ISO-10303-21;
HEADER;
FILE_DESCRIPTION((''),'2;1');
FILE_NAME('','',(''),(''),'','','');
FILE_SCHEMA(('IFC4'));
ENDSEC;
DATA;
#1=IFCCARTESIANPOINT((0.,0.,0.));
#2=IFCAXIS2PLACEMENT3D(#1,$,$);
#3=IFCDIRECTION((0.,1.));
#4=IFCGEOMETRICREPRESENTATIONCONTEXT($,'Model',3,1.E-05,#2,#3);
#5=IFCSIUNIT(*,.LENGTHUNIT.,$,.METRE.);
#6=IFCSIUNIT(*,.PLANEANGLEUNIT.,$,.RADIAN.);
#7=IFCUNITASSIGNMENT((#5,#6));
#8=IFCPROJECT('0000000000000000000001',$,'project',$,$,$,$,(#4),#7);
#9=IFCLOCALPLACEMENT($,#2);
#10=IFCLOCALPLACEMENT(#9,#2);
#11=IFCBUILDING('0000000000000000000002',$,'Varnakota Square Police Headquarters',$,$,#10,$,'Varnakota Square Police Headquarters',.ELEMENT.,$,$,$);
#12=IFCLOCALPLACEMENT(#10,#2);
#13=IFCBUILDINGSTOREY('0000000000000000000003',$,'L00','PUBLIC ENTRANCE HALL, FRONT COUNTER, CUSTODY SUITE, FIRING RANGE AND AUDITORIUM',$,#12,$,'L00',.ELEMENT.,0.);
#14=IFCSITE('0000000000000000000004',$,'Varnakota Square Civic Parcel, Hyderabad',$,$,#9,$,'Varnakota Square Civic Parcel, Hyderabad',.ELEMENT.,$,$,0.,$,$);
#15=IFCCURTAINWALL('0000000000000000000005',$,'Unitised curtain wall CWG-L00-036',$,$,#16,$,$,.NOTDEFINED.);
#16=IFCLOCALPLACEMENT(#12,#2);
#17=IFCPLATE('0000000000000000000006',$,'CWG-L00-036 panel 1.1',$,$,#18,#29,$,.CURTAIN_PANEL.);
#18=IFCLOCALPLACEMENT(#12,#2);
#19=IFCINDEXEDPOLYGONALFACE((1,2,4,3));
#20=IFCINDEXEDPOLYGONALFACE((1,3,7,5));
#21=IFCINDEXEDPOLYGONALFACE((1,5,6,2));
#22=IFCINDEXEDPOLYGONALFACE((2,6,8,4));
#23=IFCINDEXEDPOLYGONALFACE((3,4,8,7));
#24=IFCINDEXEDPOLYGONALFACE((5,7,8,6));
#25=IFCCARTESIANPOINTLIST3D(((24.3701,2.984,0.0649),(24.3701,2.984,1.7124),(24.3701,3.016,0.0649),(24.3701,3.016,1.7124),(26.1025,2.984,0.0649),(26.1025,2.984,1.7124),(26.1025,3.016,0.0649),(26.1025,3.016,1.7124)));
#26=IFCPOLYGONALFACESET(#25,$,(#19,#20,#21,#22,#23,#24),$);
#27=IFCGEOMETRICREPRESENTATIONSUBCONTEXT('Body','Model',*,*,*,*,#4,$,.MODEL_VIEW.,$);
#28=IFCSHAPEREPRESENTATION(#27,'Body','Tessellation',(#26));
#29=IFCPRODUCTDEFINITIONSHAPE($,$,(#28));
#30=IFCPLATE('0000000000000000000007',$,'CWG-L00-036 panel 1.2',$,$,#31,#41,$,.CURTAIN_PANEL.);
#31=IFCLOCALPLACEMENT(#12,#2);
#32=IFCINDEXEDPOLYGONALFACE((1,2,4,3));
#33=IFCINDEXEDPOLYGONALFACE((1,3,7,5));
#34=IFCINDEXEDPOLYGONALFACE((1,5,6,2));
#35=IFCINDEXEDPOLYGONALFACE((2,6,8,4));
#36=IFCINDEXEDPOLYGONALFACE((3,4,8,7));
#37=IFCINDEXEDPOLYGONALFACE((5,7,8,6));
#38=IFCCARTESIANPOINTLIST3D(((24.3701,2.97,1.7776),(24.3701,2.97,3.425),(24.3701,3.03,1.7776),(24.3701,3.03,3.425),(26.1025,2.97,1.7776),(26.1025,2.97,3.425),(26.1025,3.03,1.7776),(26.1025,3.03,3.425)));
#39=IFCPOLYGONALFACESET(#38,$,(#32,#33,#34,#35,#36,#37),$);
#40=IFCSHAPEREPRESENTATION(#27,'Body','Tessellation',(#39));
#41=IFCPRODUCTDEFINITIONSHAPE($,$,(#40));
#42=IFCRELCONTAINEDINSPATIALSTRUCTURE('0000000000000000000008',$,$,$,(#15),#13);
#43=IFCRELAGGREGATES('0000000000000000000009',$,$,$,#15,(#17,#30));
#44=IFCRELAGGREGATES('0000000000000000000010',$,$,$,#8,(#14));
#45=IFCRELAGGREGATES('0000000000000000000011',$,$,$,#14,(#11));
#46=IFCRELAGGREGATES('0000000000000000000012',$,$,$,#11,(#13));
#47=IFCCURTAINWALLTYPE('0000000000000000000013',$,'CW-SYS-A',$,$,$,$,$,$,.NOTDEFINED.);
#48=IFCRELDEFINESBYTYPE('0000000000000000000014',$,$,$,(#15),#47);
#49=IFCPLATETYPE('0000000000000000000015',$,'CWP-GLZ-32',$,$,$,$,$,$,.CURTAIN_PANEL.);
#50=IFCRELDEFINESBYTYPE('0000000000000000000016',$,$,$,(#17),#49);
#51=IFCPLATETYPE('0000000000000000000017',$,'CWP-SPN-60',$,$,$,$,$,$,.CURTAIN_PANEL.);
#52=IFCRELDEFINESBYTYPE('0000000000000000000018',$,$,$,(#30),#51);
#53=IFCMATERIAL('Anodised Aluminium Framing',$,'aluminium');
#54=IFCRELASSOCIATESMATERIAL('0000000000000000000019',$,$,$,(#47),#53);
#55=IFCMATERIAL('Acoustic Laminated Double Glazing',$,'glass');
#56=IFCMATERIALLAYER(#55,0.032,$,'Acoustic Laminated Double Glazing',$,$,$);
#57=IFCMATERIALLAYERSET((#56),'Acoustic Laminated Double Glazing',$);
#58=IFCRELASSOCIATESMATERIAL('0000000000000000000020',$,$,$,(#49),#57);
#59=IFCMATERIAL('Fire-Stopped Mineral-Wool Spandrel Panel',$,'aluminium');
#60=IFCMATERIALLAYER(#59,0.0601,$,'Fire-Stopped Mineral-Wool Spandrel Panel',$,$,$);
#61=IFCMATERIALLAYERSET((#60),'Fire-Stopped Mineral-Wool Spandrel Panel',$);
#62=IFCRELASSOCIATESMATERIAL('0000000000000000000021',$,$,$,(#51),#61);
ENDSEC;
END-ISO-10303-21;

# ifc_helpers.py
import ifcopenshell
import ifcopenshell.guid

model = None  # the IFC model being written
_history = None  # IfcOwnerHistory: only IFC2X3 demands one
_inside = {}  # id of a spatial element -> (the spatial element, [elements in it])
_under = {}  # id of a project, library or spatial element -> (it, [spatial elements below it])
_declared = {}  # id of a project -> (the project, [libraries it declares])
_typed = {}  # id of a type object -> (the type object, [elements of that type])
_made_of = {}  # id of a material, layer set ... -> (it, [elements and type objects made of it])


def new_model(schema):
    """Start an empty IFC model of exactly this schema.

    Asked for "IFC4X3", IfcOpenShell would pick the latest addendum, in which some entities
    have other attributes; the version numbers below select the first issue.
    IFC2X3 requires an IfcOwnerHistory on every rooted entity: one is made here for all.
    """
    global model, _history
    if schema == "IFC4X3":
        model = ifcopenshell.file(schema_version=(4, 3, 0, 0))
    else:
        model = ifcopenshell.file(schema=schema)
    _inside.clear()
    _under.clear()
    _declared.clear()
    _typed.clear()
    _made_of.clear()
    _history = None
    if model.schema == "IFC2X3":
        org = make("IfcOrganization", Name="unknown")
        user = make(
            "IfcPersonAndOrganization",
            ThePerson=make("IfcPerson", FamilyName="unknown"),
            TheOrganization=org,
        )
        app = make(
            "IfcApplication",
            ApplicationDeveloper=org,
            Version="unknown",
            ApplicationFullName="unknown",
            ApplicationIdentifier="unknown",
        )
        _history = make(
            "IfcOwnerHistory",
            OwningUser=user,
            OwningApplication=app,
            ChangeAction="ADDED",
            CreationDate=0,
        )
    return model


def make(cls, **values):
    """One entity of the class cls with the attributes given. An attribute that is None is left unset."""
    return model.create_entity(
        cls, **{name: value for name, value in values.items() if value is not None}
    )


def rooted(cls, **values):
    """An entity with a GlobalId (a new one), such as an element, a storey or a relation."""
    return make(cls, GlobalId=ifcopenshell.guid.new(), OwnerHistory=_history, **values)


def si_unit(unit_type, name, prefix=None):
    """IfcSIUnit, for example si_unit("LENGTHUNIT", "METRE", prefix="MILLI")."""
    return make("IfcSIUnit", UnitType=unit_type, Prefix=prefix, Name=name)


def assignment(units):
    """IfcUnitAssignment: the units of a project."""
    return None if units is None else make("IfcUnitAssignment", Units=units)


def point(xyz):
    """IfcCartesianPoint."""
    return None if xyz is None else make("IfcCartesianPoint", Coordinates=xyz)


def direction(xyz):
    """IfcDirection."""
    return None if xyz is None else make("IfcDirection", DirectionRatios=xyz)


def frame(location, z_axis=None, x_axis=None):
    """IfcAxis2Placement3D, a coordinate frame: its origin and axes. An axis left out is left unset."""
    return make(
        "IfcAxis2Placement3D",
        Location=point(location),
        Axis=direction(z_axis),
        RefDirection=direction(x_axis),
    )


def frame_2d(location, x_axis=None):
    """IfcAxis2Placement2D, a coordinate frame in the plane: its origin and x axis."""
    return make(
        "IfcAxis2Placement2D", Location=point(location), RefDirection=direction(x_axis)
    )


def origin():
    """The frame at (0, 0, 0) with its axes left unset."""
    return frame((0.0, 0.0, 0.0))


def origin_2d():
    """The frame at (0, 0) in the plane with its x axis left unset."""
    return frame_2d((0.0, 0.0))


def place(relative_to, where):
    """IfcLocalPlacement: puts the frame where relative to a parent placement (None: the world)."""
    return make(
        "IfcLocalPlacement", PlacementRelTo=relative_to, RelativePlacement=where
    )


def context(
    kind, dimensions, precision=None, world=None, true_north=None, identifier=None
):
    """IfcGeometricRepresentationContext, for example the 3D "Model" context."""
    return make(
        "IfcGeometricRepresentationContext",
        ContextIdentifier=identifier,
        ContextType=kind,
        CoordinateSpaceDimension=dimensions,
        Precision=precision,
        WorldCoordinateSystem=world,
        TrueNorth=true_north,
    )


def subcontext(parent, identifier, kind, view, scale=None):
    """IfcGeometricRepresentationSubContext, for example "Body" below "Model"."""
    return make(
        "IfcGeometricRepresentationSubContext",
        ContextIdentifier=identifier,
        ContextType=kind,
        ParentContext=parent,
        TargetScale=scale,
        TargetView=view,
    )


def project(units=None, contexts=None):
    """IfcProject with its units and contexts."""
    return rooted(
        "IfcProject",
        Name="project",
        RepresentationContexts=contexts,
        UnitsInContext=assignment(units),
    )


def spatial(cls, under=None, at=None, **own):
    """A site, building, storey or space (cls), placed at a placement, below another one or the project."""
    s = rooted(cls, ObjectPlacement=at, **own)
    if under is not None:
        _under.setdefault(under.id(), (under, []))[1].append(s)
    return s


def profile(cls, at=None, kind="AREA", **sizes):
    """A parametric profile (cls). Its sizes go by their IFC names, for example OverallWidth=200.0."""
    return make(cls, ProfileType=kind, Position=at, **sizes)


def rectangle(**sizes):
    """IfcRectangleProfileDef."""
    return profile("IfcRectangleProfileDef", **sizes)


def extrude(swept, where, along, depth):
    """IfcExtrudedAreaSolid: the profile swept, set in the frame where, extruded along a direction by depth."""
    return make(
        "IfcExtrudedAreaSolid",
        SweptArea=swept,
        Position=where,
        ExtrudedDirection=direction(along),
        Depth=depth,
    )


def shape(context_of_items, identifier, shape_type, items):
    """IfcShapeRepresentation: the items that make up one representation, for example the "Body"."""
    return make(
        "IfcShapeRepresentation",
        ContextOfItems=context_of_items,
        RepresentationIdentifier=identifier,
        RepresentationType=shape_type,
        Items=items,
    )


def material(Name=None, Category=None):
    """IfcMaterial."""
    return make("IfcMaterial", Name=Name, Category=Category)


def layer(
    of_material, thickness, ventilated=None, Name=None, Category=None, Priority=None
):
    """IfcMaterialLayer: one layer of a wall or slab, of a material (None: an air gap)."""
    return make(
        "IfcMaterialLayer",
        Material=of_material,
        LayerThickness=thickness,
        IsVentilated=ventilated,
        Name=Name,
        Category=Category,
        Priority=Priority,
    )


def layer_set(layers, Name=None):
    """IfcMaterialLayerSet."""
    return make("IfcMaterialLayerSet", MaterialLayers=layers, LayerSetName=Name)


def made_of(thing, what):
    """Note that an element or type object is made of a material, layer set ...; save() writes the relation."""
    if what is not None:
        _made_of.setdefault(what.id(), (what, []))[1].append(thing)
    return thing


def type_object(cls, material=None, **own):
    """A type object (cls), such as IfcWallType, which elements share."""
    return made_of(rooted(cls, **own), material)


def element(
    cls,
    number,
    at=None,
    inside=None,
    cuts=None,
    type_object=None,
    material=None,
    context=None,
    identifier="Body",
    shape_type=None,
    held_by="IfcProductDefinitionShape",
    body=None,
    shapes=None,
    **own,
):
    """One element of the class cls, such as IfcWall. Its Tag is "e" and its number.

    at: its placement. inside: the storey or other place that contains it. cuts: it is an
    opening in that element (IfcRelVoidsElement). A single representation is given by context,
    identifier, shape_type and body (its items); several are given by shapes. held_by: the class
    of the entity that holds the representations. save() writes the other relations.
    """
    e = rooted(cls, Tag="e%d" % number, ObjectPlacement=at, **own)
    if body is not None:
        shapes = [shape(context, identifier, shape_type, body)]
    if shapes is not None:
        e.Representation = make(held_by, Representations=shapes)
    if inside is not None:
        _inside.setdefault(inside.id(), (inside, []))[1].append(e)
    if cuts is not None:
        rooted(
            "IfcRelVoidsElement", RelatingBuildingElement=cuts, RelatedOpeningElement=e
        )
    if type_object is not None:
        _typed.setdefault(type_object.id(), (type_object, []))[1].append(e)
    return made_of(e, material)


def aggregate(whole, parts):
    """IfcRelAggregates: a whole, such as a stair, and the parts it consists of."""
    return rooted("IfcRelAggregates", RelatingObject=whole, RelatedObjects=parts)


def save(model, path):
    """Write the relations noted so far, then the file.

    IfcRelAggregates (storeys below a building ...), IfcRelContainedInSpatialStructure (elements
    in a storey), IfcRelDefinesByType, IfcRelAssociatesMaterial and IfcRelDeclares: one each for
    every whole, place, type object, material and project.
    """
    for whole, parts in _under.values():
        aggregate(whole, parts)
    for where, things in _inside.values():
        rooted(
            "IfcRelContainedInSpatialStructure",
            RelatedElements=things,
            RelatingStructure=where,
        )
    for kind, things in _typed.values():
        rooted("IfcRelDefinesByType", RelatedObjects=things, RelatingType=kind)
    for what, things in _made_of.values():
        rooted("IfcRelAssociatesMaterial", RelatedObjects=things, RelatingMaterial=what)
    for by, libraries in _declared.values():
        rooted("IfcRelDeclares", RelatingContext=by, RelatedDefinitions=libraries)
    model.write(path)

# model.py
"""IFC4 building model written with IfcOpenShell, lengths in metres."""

from ifc_helpers import new_model, si_unit, direction, frame, origin, origin_2d, place, context, subcontext, project, spatial, rectangle, extrude, material, layer, layer_set, type_object, element, aggregate, save


model = new_model("IFC4")

# Units and contexts
model_context = context("Model", 3, precision=1e-05, world=origin(), true_north=direction((0.0, 1.0)))
body_context = subcontext(model_context, "Body", "Model", "MODEL_VIEW")
ifc_project = project(units=[si_unit("LENGTHUNIT", "METRE"), si_unit("PLANEANGLEUNIT", "RADIAN")], contexts=[model_context])

# Site, building, storey
site_placement = place(None, origin())
site = spatial("IfcSite", under=ifc_project, at=site_placement, Name="Varnakota Square Civic Parcel, Hyderabad", LongName="Varnakota Square Civic Parcel, Hyderabad", CompositionType="ELEMENT", RefElevation=0.0)
building_placement = place(site_placement, origin())
building = spatial("IfcBuilding", under=site, at=building_placement, Name="Varnakota Square Police Headquarters", LongName="Varnakota Square Police Headquarters", CompositionType="ELEMENT")
storey_placement = place(building_placement, origin())
storey = spatial("IfcBuildingStorey", under=building, at=storey_placement, Name="L00", Description="PUBLIC ENTRANCE HALL, FRONT COUNTER, CUSTODY SUITE, FIRING RANGE AND AUDITORIUM", LongName="L00", CompositionType="ELEMENT", Elevation=0.0)

# Curtain wall, plates
ifc_material_1 = material(Name="Anodised Aluminium Framing", Category="aluminium")
curtain_wall_type = type_object("IfcCurtainWallType", Name="CW-SYS-A", PredefinedType="NOTDEFINED", material=ifc_material_1)
curtain_wall_placement = place(storey_placement, origin())
curtain_wall = element("IfcCurtainWall", 1, at=curtain_wall_placement, inside=storey, type_object=curtain_wall_type, Name="Unitised curtain wall CWG-L00-036", PredefinedType="NOTDEFINED")
ifc_material_2 = material(Name="Acoustic Laminated Double Glazing", Category="glass")
ifc_layer_1 = layer(ifc_material_2, 0.032, Name="Acoustic Laminated Double Glazing")
ifc_layer_set_1 = layer_set([ifc_layer_1], Name="Acoustic Laminated Double Glazing")
plate_type_1 = type_object("IfcPlateType", Name="CWP-GLZ-32", PredefinedType="CURTAIN_PANEL", material=ifc_layer_set_1)
plate_1_placement = place(storey_placement, frame((25.2363, 3.0, 0.0649), z_axis=(0.0, 0.0, 1.0), x_axis=(1.0, 0.0, 0.0)))
plate_1 = element("IfcPlate", 2, at=plate_1_placement, type_object=plate_type_1, Name="CWG-L00-036 panel 1.1", PredefinedType="CURTAIN_PANEL", context=body_context, shape_type="SweptSolid", body=[
    extrude(rectangle(XDim=1.7324, YDim=0.032, at=origin_2d()), origin(), (0.0, 0.0, 1.0), 1.6475),
])
ifc_material_3 = material(Name="Fire-Stopped Mineral-Wool Spandrel Panel", Category="aluminium")
ifc_layer_2 = layer(ifc_material_3, 0.0601, Name="Fire-Stopped Mineral-Wool Spandrel Panel")
ifc_layer_set_2 = layer_set([ifc_layer_2], Name="Fire-Stopped Mineral-Wool Spandrel Panel")
plate_type_2 = type_object("IfcPlateType", Name="CWP-SPN-60", PredefinedType="CURTAIN_PANEL", material=ifc_layer_set_2)
plate_2_placement = place(storey_placement, frame((25.2363, 3.0, 1.7776), z_axis=(0.0, 0.0, 1.0), x_axis=(1.0, 0.0, 0.0)))
plate_2 = element("IfcPlate", 3, at=plate_2_placement, type_object=plate_type_2, Name="CWG-L00-036 panel 1.2", PredefinedType="CURTAIN_PANEL", context=body_context, shape_type="SweptSolid", body=[
    extrude(rectangle(XDim=1.7324, YDim=0.0601, at=origin_2d()), origin(), (0.0, 0.0, 1.0), 1.6475),
])
aggregate(curtain_wall, [plate_1, plate_2])

save(model, "model.ifc")
